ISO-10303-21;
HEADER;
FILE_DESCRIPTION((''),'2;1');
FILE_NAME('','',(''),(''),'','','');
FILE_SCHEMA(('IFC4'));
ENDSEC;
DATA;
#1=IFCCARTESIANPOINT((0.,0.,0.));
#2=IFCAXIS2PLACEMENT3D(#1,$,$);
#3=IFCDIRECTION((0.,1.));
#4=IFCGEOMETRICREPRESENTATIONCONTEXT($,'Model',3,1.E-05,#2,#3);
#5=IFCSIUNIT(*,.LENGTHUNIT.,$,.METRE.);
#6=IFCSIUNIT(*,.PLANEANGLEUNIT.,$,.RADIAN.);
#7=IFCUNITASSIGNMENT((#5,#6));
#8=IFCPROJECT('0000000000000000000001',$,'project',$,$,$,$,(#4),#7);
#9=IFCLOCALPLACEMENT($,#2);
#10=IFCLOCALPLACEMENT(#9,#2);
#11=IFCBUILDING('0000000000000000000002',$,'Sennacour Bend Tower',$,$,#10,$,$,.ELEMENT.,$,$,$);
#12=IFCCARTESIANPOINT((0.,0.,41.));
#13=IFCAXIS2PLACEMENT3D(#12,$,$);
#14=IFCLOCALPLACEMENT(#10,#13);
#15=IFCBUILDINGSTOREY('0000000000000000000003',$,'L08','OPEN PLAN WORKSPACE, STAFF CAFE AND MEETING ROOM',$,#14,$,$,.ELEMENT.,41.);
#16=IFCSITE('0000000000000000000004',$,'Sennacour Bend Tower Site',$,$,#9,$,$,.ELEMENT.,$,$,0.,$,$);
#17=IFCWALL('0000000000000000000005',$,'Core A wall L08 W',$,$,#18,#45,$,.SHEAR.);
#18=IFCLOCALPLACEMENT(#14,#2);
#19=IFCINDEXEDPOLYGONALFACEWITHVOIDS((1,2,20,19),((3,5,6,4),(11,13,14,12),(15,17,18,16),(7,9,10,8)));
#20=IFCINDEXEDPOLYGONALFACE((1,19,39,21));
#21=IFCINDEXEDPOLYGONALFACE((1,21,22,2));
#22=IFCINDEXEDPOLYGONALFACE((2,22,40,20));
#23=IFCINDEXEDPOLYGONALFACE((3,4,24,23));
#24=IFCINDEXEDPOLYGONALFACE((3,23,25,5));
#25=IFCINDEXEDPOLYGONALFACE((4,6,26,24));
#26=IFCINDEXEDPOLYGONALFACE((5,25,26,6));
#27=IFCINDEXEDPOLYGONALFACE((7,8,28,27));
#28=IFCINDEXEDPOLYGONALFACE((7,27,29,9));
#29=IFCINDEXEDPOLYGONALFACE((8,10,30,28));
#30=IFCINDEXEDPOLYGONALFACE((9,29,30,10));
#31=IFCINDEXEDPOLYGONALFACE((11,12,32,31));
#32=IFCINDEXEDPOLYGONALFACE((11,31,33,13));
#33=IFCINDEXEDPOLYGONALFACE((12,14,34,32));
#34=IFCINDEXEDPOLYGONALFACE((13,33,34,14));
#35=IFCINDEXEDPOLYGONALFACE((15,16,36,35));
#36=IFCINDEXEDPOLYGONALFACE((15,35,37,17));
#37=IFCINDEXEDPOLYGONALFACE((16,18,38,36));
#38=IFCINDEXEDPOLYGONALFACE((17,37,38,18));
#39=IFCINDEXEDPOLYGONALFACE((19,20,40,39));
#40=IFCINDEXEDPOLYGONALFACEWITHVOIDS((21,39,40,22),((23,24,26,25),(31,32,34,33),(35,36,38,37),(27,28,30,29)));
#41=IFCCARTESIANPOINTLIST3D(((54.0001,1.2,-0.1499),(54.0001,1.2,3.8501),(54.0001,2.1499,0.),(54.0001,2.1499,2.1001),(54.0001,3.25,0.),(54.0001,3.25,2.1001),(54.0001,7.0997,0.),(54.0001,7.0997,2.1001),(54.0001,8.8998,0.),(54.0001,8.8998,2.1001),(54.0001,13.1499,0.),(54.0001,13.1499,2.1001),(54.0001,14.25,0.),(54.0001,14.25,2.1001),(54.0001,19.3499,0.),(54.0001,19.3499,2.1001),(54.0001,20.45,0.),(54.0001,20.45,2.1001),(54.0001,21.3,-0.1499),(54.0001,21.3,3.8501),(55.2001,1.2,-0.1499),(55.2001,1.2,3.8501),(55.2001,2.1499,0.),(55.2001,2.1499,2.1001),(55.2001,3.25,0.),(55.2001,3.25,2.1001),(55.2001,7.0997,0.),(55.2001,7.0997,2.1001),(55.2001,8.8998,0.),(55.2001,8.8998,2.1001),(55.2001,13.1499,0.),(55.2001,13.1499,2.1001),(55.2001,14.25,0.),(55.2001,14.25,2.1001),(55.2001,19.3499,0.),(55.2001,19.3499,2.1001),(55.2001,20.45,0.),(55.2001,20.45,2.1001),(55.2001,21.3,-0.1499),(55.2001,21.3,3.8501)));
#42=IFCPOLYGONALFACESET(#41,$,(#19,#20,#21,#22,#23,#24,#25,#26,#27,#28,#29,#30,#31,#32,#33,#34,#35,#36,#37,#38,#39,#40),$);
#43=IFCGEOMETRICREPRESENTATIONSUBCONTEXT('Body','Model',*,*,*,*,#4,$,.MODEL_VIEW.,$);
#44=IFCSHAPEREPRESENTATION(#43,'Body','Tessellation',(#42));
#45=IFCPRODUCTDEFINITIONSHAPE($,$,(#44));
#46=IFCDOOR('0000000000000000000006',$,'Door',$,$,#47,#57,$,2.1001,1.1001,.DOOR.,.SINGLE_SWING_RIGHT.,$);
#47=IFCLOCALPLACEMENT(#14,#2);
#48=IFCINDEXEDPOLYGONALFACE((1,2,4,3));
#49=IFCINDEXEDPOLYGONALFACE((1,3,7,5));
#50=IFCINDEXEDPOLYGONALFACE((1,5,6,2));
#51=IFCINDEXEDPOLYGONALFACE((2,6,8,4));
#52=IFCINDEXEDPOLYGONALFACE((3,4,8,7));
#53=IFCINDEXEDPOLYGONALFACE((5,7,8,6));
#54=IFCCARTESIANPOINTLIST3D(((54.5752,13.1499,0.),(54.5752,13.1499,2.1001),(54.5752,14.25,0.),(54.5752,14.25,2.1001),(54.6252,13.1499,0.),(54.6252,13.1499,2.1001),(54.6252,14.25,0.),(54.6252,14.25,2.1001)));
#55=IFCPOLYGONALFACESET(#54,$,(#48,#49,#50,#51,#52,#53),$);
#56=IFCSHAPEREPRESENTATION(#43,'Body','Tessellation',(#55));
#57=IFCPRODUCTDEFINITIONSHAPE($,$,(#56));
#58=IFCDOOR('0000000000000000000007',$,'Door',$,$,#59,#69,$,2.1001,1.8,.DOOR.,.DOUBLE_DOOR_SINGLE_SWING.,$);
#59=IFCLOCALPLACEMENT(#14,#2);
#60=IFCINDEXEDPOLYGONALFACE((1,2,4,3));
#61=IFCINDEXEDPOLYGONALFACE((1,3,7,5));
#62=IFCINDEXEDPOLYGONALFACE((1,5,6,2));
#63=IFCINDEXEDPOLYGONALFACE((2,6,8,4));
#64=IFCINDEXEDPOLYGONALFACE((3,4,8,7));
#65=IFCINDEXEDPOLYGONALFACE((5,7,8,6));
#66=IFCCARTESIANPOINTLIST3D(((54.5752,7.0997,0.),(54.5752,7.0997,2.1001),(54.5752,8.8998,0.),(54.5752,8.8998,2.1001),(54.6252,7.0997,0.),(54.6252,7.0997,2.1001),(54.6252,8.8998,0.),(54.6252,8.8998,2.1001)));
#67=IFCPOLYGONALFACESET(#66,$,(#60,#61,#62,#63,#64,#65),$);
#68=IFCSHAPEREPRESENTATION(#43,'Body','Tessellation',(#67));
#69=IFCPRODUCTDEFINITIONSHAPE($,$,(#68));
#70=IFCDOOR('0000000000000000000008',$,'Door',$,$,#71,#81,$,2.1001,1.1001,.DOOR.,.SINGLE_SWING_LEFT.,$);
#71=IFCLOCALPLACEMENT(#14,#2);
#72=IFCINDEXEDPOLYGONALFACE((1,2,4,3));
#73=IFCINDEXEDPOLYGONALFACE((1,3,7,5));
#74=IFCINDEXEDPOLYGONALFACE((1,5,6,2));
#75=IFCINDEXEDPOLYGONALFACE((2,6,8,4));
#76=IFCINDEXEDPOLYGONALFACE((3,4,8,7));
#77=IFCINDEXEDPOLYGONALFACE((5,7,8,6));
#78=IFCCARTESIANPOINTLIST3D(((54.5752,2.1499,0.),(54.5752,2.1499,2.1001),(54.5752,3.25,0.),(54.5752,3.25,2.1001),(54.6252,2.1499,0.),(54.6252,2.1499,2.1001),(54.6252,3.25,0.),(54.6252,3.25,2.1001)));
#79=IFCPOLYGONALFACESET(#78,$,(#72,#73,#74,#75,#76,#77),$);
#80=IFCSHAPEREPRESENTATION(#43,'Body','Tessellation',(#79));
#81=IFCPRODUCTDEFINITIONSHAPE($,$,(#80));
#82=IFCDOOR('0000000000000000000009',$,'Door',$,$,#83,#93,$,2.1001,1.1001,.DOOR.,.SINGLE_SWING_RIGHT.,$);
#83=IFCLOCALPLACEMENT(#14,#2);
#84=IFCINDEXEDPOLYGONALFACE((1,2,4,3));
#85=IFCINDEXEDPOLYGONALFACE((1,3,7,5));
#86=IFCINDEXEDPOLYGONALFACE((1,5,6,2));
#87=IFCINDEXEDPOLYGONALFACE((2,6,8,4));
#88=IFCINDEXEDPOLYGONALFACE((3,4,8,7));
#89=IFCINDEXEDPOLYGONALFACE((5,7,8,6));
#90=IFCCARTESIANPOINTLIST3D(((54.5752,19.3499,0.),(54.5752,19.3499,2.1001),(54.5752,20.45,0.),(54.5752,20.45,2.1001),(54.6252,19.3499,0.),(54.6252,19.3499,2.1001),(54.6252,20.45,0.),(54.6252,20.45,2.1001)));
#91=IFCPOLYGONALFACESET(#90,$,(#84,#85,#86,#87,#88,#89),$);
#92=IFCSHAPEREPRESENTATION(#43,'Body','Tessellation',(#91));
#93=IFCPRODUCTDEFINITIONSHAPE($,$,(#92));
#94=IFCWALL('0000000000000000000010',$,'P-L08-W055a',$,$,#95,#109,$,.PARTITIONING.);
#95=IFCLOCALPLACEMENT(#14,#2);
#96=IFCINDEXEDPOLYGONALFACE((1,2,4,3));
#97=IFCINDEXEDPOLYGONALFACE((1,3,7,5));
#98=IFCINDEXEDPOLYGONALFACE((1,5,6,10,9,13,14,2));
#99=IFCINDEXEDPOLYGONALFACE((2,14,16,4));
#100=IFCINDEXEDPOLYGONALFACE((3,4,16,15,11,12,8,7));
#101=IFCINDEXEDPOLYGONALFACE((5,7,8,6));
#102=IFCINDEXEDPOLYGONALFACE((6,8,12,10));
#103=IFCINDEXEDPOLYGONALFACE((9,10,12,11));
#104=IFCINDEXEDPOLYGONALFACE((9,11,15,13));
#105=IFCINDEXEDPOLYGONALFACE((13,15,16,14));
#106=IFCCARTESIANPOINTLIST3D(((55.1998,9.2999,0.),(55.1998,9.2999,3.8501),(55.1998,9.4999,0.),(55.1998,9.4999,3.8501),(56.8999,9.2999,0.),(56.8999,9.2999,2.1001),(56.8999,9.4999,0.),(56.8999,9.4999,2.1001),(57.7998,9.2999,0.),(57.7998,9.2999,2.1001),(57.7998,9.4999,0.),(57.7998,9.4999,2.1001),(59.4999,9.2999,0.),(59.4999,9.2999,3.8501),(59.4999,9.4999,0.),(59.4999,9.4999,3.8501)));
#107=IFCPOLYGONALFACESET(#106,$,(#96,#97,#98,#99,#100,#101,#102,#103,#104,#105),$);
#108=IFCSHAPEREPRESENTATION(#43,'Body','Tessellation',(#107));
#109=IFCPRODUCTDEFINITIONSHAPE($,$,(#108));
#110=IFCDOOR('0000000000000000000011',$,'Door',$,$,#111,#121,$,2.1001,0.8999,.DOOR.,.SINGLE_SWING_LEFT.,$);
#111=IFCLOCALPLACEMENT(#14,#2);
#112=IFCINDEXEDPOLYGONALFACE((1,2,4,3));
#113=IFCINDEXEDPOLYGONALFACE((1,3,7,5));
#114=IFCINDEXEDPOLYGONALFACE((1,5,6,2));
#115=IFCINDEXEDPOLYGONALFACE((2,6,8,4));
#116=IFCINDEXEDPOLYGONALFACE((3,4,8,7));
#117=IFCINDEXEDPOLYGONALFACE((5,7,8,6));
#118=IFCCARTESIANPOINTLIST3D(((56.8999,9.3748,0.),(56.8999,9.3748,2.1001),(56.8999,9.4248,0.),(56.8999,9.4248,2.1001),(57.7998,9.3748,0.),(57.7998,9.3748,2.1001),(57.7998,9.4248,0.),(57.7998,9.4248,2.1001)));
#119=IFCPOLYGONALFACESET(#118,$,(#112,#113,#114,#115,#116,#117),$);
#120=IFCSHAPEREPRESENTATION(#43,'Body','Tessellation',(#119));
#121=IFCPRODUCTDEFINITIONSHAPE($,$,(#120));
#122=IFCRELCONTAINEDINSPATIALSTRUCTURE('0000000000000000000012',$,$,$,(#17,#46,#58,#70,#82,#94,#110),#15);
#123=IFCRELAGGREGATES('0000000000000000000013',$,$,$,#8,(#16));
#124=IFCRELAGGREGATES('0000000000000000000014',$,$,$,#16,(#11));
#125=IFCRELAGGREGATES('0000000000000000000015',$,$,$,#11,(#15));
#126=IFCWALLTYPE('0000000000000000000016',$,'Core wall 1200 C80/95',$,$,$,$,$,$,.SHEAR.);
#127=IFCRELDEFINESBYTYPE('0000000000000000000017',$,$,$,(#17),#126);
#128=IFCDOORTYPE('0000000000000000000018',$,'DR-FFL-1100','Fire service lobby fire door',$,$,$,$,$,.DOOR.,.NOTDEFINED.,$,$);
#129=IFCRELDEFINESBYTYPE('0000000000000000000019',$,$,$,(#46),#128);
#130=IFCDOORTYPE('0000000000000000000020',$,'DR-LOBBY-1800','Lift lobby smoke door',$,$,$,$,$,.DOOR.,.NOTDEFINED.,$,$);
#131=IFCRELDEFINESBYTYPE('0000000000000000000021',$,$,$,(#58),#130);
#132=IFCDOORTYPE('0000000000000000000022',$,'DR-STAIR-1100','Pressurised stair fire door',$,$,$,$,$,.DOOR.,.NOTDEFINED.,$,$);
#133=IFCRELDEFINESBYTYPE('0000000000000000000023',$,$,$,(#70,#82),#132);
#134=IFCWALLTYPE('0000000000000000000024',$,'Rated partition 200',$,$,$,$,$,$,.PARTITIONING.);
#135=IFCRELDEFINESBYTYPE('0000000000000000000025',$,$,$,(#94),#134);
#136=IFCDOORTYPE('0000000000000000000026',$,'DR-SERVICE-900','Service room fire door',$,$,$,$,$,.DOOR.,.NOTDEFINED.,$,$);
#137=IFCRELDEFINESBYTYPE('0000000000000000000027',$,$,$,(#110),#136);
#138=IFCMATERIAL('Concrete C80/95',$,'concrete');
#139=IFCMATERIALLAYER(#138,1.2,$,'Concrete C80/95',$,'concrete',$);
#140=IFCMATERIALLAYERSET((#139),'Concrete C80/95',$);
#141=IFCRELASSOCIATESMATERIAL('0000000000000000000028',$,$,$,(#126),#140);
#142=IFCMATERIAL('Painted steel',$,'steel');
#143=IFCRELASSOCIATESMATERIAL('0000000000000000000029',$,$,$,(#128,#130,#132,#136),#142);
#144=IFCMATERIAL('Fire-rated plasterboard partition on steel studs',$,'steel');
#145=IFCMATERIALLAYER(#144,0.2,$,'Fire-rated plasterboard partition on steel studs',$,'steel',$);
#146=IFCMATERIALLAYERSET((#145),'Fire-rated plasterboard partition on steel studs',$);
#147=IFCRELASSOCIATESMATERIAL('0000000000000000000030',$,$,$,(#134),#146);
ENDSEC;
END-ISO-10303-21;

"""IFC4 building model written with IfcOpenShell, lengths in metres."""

from ifc_helpers import new_model, si_unit, direction, frame, frame_2d, origin, place, context, subcontext, project, spatial, rectangle, extrude, material, layer, layer_set, type_object, element, fill, save


model = new_model("IFC4")

# Units and contexts
model_context = context("Model", 3, precision=1e-05, world=origin(), true_north=direction((0.0, 1.0)))
body_context = subcontext(model_context, "Body", "Model", "MODEL_VIEW")
ifc_project = project(units=[si_unit("LENGTHUNIT", "METRE"), si_unit("PLANEANGLEUNIT", "RADIAN")], contexts=[model_context])

# Site, building, storey
site_placement = place(None, origin())
site = spatial("IfcSite", under=ifc_project, at=site_placement, Name="Sennacour Bend Tower Site", CompositionType="ELEMENT", RefElevation=0.0)
building_placement = place(site_placement, origin())
building = spatial("IfcBuilding", under=site, at=building_placement, Name="Sennacour Bend Tower", CompositionType="ELEMENT")
storey_placement = place(building_placement, frame((0.0, 0.0, 41.0)))
storey = spatial("IfcBuildingStorey", under=building, at=storey_placement, Name="L08", Description="OPEN PLAN WORKSPACE, STAFF CAFE AND MEETING ROOM", CompositionType="ELEMENT", Elevation=41.0)

# Wall, openings, doors
ifc_material_1 = material(Name="Concrete C80/95", Category="concrete")
ifc_layer_1 = layer(ifc_material_1, 1.2, Name="Concrete C80/95", Category="concrete")
ifc_layer_set_1 = layer_set([ifc_layer_1], Name="Concrete C80/95")
wall_type_1 = type_object("IfcWallType", Name="Core wall 1200 C80/95", PredefinedType="SHEAR", material=ifc_layer_set_1)
wall_1_placement = place(storey_placement, frame((54.6001, 1.2, -0.1499), z_axis=(0.0, 0.0, 1.0), x_axis=(0.0, 1.0, 0.0)))
wall_1 = element("IfcWall", 1, at=wall_1_placement, inside=storey, type_object=wall_type_1, Name="Core A wall L08 W", PredefinedType="SHEAR", context=body_context, shape_type="SweptSolid", body=[
    extrude(rectangle(XDim=20.1001, YDim=1.2, at=frame_2d((10.05, 0.0))), origin(), (0.0, 0.0, 1.0), 4.0),
])
opening_1_placement = place(wall_1_placement, frame((5.8999, 0.0, 0.1499)))
opening_1 = element("IfcOpeningElement", 2, at=opening_1_placement, cuts=wall_1, PredefinedType="OPENING", context=body_context, shape_type="SweptSolid", body=[
    extrude(rectangle(XDim=1.8, YDim=2.1001, at=frame_2d((0.8999, 1.05))), frame((0.0, 0.6099, 0.0), z_axis=(0.0, -1.0, 0.0), x_axis=(1.0, 0.0, 0.0)), (0.0, 0.0, 1.0), 1.22),
])
opening_2_placement = place(wall_1_placement, frame((11.95, 0.0, 0.1499)))
opening_2 = element("IfcOpeningElement", 3, at=opening_2_placement, cuts=wall_1, PredefinedType="OPENING", context=body_context, shape_type="SweptSolid", body=[
    extrude(rectangle(XDim=1.1001, YDim=2.1001, at=frame_2d((0.55, 1.05))), frame((0.0, 0.6099, 0.0), z_axis=(0.0, -1.0, 0.0), x_axis=(1.0, 0.0, 0.0)), (0.0, 0.0, 1.0), 1.22),
])
opening_3_placement = place(wall_1_placement, frame((0.95, 0.0, 0.1499)))
opening_3 = element("IfcOpeningElement", 4, at=opening_3_placement, cuts=wall_1, PredefinedType="OPENING", context=body_context, shape_type="SweptSolid", body=[
    extrude(rectangle(XDim=1.1001, YDim=2.1001, at=frame_2d((0.55, 1.05))), frame((0.0, 0.6099, 0.0), z_axis=(0.0, -1.0, 0.0), x_axis=(1.0, 0.0, 0.0)), (0.0, 0.0, 1.0), 1.22),
])
opening_4_placement = place(wall_1_placement, frame((18.1499, 0.0, 0.1499)))
opening_4 = element("IfcOpeningElement", 5, at=opening_4_placement, cuts=wall_1, PredefinedType="OPENING", context=body_context, shape_type="SweptSolid", body=[
    extrude(rectangle(XDim=1.1001, YDim=2.1001, at=frame_2d((0.55, 1.05))), frame((0.0, 0.6099, 0.0), z_axis=(0.0, -1.0, 0.0), x_axis=(1.0, 0.0, 0.0)), (0.0, 0.0, 1.0), 1.22),
])
ifc_material_2 = material(Name="Painted steel", Category="steel")
door_type_1 = type_object("IfcDoorType", Name="DR-FFL-1100", Description="Fire service lobby fire door", OperationType="NOTDEFINED", PredefinedType="DOOR", material=ifc_material_2)
door_1_placement = place(opening_2_placement, origin())
door_1 = element("IfcDoor", 6, at=door_1_placement, inside=storey, type_object=door_type_1, Name="Door", OperationType="SINGLE_SWING_RIGHT", OverallHeight=2.1001, OverallWidth=1.1001, PredefinedType="DOOR", context=body_context, shape_type="SweptSolid", body=[
    extrude(rectangle(XDim=1.1001, YDim=2.1001, at=frame_2d((0.55, 1.05))), frame((0.0, 0.0249, 0.0), z_axis=(0.0, -1.0, 0.0), x_axis=(1.0, 0.0, 0.0)), (0.0, 0.0, 1.0), 0.05),
])
fill(opening_2, door_1)
door_type_2 = type_object("IfcDoorType", Name="DR-LOBBY-1800", Description="Lift lobby smoke door", OperationType="NOTDEFINED", PredefinedType="DOOR", material=ifc_material_2)
door_2_placement = place(opening_1_placement, origin())
door_2 = element("IfcDoor", 7, at=door_2_placement, inside=storey, type_object=door_type_2, Name="Door", OperationType="DOUBLE_DOOR_SINGLE_SWING", OverallHeight=2.1001, OverallWidth=1.8, PredefinedType="DOOR", context=body_context, shape_type="SweptSolid", body=[
    extrude(rectangle(XDim=1.8, YDim=2.1001, at=frame_2d((0.8999, 1.05))), frame((0.0, 0.0249, 0.0), z_axis=(0.0, -1.0, 0.0), x_axis=(1.0, 0.0, 0.0)), (0.0, 0.0, 1.0), 0.05),
])
fill(opening_1, door_2)
door_type_3 = type_object("IfcDoorType", Name="DR-STAIR-1100", Description="Pressurised stair fire door", OperationType="NOTDEFINED", PredefinedType="DOOR", material=ifc_material_2)
door_3_placement = place(opening_3_placement, origin())
door_3 = element("IfcDoor", 8, at=door_3_placement, inside=storey, type_object=door_type_3, Name="Door", OperationType="SINGLE_SWING_LEFT", OverallHeight=2.1001, OverallWidth=1.1001, PredefinedType="DOOR", context=body_context, shape_type="SweptSolid", body=[
    extrude(rectangle(XDim=1.1001, YDim=2.1001, at=frame_2d((0.55, 1.05))), frame((0.0, 0.0249, 0.0), z_axis=(0.0, -1.0, 0.0), x_axis=(1.0, 0.0, 0.0)), (0.0, 0.0, 1.0), 0.05),
])
fill(opening_3, door_3)
door_4_placement = place(opening_4_placement, origin())
door_4 = element("IfcDoor", 9, at=door_4_placement, inside=storey, type_object=door_type_3, Name="Door", OperationType="SINGLE_SWING_RIGHT", OverallHeight=2.1001, OverallWidth=1.1001, PredefinedType="DOOR", context=body_context, shape_type="SweptSolid", body=[
    extrude(rectangle(XDim=1.1001, YDim=2.1001, at=frame_2d((0.55, 1.05))), frame((0.0, 0.0249, 0.0), z_axis=(0.0, -1.0, 0.0), x_axis=(1.0, 0.0, 0.0)), (0.0, 0.0, 1.0), 0.05),
])
fill(opening_4, door_4)

# Wall, opening, door
ifc_material_3 = material(Name="Fire-rated plasterboard partition on steel studs", Category="steel")
ifc_layer_2 = layer(ifc_material_3, 0.2, Name="Fire-rated plasterboard partition on steel studs", Category="steel")
ifc_layer_set_2 = layer_set([ifc_layer_2], Name="Fire-rated plasterboard partition on steel studs")
wall_type_2 = type_object("IfcWallType", Name="Rated partition 200", PredefinedType="PARTITIONING", material=ifc_layer_set_2)
wall_2_placement = place(storey_placement, frame((55.2, 9.3999, 0.0), z_axis=(0.0, 0.0, 1.0), x_axis=(1.0, 0.0, 0.0)))
wall_2 = element("IfcWall", 10, at=wall_2_placement, inside=storey, type_object=wall_type_2, Name="P-L08-W055a", PredefinedType="PARTITIONING", context=body_context, shape_type="SweptSolid", body=[
    extrude(rectangle(XDim=4.3, YDim=0.2, at=frame_2d((2.1499, 0.0))), origin(), (0.0, 0.0, 1.0), 3.8501),
])
opening_5_placement = place(wall_2_placement, frame((1.7, 0.0, 0.0)))
opening_5 = element("IfcOpeningElement", 11, at=opening_5_placement, cuts=wall_2, PredefinedType="OPENING", context=body_context, shape_type="SweptSolid", body=[
    extrude(rectangle(XDim=0.8999, YDim=2.1001, at=frame_2d((0.45, 1.05))), frame((0.0, 0.1099, 0.0), z_axis=(0.0, -1.0, 0.0), x_axis=(1.0, 0.0, 0.0)), (0.0, 0.0, 1.0), 0.22),
])
door_type_4 = type_object("IfcDoorType", Name="DR-SERVICE-900", Description="Service room fire door", OperationType="NOTDEFINED", PredefinedType="DOOR", material=ifc_material_2)
door_5_placement = place(opening_5_placement, origin())
door_5 = element("IfcDoor", 12, at=door_5_placement, inside=storey, type_object=door_type_4, Name="Door", OperationType="SINGLE_SWING_LEFT", OverallHeight=2.1001, OverallWidth=0.8999, PredefinedType="DOOR", context=body_context, shape_type="SweptSolid", body=[
    extrude(rectangle(XDim=0.8999, YDim=2.1001, at=frame_2d((0.45, 1.05))), frame((0.0, 0.0249, 0.0), z_axis=(0.0, -1.0, 0.0), x_axis=(1.0, 0.0, 0.0)), (0.0, 0.0, 1.0), 0.05),
])
fill(opening_5, door_5)

save(model, "model.ifc")
